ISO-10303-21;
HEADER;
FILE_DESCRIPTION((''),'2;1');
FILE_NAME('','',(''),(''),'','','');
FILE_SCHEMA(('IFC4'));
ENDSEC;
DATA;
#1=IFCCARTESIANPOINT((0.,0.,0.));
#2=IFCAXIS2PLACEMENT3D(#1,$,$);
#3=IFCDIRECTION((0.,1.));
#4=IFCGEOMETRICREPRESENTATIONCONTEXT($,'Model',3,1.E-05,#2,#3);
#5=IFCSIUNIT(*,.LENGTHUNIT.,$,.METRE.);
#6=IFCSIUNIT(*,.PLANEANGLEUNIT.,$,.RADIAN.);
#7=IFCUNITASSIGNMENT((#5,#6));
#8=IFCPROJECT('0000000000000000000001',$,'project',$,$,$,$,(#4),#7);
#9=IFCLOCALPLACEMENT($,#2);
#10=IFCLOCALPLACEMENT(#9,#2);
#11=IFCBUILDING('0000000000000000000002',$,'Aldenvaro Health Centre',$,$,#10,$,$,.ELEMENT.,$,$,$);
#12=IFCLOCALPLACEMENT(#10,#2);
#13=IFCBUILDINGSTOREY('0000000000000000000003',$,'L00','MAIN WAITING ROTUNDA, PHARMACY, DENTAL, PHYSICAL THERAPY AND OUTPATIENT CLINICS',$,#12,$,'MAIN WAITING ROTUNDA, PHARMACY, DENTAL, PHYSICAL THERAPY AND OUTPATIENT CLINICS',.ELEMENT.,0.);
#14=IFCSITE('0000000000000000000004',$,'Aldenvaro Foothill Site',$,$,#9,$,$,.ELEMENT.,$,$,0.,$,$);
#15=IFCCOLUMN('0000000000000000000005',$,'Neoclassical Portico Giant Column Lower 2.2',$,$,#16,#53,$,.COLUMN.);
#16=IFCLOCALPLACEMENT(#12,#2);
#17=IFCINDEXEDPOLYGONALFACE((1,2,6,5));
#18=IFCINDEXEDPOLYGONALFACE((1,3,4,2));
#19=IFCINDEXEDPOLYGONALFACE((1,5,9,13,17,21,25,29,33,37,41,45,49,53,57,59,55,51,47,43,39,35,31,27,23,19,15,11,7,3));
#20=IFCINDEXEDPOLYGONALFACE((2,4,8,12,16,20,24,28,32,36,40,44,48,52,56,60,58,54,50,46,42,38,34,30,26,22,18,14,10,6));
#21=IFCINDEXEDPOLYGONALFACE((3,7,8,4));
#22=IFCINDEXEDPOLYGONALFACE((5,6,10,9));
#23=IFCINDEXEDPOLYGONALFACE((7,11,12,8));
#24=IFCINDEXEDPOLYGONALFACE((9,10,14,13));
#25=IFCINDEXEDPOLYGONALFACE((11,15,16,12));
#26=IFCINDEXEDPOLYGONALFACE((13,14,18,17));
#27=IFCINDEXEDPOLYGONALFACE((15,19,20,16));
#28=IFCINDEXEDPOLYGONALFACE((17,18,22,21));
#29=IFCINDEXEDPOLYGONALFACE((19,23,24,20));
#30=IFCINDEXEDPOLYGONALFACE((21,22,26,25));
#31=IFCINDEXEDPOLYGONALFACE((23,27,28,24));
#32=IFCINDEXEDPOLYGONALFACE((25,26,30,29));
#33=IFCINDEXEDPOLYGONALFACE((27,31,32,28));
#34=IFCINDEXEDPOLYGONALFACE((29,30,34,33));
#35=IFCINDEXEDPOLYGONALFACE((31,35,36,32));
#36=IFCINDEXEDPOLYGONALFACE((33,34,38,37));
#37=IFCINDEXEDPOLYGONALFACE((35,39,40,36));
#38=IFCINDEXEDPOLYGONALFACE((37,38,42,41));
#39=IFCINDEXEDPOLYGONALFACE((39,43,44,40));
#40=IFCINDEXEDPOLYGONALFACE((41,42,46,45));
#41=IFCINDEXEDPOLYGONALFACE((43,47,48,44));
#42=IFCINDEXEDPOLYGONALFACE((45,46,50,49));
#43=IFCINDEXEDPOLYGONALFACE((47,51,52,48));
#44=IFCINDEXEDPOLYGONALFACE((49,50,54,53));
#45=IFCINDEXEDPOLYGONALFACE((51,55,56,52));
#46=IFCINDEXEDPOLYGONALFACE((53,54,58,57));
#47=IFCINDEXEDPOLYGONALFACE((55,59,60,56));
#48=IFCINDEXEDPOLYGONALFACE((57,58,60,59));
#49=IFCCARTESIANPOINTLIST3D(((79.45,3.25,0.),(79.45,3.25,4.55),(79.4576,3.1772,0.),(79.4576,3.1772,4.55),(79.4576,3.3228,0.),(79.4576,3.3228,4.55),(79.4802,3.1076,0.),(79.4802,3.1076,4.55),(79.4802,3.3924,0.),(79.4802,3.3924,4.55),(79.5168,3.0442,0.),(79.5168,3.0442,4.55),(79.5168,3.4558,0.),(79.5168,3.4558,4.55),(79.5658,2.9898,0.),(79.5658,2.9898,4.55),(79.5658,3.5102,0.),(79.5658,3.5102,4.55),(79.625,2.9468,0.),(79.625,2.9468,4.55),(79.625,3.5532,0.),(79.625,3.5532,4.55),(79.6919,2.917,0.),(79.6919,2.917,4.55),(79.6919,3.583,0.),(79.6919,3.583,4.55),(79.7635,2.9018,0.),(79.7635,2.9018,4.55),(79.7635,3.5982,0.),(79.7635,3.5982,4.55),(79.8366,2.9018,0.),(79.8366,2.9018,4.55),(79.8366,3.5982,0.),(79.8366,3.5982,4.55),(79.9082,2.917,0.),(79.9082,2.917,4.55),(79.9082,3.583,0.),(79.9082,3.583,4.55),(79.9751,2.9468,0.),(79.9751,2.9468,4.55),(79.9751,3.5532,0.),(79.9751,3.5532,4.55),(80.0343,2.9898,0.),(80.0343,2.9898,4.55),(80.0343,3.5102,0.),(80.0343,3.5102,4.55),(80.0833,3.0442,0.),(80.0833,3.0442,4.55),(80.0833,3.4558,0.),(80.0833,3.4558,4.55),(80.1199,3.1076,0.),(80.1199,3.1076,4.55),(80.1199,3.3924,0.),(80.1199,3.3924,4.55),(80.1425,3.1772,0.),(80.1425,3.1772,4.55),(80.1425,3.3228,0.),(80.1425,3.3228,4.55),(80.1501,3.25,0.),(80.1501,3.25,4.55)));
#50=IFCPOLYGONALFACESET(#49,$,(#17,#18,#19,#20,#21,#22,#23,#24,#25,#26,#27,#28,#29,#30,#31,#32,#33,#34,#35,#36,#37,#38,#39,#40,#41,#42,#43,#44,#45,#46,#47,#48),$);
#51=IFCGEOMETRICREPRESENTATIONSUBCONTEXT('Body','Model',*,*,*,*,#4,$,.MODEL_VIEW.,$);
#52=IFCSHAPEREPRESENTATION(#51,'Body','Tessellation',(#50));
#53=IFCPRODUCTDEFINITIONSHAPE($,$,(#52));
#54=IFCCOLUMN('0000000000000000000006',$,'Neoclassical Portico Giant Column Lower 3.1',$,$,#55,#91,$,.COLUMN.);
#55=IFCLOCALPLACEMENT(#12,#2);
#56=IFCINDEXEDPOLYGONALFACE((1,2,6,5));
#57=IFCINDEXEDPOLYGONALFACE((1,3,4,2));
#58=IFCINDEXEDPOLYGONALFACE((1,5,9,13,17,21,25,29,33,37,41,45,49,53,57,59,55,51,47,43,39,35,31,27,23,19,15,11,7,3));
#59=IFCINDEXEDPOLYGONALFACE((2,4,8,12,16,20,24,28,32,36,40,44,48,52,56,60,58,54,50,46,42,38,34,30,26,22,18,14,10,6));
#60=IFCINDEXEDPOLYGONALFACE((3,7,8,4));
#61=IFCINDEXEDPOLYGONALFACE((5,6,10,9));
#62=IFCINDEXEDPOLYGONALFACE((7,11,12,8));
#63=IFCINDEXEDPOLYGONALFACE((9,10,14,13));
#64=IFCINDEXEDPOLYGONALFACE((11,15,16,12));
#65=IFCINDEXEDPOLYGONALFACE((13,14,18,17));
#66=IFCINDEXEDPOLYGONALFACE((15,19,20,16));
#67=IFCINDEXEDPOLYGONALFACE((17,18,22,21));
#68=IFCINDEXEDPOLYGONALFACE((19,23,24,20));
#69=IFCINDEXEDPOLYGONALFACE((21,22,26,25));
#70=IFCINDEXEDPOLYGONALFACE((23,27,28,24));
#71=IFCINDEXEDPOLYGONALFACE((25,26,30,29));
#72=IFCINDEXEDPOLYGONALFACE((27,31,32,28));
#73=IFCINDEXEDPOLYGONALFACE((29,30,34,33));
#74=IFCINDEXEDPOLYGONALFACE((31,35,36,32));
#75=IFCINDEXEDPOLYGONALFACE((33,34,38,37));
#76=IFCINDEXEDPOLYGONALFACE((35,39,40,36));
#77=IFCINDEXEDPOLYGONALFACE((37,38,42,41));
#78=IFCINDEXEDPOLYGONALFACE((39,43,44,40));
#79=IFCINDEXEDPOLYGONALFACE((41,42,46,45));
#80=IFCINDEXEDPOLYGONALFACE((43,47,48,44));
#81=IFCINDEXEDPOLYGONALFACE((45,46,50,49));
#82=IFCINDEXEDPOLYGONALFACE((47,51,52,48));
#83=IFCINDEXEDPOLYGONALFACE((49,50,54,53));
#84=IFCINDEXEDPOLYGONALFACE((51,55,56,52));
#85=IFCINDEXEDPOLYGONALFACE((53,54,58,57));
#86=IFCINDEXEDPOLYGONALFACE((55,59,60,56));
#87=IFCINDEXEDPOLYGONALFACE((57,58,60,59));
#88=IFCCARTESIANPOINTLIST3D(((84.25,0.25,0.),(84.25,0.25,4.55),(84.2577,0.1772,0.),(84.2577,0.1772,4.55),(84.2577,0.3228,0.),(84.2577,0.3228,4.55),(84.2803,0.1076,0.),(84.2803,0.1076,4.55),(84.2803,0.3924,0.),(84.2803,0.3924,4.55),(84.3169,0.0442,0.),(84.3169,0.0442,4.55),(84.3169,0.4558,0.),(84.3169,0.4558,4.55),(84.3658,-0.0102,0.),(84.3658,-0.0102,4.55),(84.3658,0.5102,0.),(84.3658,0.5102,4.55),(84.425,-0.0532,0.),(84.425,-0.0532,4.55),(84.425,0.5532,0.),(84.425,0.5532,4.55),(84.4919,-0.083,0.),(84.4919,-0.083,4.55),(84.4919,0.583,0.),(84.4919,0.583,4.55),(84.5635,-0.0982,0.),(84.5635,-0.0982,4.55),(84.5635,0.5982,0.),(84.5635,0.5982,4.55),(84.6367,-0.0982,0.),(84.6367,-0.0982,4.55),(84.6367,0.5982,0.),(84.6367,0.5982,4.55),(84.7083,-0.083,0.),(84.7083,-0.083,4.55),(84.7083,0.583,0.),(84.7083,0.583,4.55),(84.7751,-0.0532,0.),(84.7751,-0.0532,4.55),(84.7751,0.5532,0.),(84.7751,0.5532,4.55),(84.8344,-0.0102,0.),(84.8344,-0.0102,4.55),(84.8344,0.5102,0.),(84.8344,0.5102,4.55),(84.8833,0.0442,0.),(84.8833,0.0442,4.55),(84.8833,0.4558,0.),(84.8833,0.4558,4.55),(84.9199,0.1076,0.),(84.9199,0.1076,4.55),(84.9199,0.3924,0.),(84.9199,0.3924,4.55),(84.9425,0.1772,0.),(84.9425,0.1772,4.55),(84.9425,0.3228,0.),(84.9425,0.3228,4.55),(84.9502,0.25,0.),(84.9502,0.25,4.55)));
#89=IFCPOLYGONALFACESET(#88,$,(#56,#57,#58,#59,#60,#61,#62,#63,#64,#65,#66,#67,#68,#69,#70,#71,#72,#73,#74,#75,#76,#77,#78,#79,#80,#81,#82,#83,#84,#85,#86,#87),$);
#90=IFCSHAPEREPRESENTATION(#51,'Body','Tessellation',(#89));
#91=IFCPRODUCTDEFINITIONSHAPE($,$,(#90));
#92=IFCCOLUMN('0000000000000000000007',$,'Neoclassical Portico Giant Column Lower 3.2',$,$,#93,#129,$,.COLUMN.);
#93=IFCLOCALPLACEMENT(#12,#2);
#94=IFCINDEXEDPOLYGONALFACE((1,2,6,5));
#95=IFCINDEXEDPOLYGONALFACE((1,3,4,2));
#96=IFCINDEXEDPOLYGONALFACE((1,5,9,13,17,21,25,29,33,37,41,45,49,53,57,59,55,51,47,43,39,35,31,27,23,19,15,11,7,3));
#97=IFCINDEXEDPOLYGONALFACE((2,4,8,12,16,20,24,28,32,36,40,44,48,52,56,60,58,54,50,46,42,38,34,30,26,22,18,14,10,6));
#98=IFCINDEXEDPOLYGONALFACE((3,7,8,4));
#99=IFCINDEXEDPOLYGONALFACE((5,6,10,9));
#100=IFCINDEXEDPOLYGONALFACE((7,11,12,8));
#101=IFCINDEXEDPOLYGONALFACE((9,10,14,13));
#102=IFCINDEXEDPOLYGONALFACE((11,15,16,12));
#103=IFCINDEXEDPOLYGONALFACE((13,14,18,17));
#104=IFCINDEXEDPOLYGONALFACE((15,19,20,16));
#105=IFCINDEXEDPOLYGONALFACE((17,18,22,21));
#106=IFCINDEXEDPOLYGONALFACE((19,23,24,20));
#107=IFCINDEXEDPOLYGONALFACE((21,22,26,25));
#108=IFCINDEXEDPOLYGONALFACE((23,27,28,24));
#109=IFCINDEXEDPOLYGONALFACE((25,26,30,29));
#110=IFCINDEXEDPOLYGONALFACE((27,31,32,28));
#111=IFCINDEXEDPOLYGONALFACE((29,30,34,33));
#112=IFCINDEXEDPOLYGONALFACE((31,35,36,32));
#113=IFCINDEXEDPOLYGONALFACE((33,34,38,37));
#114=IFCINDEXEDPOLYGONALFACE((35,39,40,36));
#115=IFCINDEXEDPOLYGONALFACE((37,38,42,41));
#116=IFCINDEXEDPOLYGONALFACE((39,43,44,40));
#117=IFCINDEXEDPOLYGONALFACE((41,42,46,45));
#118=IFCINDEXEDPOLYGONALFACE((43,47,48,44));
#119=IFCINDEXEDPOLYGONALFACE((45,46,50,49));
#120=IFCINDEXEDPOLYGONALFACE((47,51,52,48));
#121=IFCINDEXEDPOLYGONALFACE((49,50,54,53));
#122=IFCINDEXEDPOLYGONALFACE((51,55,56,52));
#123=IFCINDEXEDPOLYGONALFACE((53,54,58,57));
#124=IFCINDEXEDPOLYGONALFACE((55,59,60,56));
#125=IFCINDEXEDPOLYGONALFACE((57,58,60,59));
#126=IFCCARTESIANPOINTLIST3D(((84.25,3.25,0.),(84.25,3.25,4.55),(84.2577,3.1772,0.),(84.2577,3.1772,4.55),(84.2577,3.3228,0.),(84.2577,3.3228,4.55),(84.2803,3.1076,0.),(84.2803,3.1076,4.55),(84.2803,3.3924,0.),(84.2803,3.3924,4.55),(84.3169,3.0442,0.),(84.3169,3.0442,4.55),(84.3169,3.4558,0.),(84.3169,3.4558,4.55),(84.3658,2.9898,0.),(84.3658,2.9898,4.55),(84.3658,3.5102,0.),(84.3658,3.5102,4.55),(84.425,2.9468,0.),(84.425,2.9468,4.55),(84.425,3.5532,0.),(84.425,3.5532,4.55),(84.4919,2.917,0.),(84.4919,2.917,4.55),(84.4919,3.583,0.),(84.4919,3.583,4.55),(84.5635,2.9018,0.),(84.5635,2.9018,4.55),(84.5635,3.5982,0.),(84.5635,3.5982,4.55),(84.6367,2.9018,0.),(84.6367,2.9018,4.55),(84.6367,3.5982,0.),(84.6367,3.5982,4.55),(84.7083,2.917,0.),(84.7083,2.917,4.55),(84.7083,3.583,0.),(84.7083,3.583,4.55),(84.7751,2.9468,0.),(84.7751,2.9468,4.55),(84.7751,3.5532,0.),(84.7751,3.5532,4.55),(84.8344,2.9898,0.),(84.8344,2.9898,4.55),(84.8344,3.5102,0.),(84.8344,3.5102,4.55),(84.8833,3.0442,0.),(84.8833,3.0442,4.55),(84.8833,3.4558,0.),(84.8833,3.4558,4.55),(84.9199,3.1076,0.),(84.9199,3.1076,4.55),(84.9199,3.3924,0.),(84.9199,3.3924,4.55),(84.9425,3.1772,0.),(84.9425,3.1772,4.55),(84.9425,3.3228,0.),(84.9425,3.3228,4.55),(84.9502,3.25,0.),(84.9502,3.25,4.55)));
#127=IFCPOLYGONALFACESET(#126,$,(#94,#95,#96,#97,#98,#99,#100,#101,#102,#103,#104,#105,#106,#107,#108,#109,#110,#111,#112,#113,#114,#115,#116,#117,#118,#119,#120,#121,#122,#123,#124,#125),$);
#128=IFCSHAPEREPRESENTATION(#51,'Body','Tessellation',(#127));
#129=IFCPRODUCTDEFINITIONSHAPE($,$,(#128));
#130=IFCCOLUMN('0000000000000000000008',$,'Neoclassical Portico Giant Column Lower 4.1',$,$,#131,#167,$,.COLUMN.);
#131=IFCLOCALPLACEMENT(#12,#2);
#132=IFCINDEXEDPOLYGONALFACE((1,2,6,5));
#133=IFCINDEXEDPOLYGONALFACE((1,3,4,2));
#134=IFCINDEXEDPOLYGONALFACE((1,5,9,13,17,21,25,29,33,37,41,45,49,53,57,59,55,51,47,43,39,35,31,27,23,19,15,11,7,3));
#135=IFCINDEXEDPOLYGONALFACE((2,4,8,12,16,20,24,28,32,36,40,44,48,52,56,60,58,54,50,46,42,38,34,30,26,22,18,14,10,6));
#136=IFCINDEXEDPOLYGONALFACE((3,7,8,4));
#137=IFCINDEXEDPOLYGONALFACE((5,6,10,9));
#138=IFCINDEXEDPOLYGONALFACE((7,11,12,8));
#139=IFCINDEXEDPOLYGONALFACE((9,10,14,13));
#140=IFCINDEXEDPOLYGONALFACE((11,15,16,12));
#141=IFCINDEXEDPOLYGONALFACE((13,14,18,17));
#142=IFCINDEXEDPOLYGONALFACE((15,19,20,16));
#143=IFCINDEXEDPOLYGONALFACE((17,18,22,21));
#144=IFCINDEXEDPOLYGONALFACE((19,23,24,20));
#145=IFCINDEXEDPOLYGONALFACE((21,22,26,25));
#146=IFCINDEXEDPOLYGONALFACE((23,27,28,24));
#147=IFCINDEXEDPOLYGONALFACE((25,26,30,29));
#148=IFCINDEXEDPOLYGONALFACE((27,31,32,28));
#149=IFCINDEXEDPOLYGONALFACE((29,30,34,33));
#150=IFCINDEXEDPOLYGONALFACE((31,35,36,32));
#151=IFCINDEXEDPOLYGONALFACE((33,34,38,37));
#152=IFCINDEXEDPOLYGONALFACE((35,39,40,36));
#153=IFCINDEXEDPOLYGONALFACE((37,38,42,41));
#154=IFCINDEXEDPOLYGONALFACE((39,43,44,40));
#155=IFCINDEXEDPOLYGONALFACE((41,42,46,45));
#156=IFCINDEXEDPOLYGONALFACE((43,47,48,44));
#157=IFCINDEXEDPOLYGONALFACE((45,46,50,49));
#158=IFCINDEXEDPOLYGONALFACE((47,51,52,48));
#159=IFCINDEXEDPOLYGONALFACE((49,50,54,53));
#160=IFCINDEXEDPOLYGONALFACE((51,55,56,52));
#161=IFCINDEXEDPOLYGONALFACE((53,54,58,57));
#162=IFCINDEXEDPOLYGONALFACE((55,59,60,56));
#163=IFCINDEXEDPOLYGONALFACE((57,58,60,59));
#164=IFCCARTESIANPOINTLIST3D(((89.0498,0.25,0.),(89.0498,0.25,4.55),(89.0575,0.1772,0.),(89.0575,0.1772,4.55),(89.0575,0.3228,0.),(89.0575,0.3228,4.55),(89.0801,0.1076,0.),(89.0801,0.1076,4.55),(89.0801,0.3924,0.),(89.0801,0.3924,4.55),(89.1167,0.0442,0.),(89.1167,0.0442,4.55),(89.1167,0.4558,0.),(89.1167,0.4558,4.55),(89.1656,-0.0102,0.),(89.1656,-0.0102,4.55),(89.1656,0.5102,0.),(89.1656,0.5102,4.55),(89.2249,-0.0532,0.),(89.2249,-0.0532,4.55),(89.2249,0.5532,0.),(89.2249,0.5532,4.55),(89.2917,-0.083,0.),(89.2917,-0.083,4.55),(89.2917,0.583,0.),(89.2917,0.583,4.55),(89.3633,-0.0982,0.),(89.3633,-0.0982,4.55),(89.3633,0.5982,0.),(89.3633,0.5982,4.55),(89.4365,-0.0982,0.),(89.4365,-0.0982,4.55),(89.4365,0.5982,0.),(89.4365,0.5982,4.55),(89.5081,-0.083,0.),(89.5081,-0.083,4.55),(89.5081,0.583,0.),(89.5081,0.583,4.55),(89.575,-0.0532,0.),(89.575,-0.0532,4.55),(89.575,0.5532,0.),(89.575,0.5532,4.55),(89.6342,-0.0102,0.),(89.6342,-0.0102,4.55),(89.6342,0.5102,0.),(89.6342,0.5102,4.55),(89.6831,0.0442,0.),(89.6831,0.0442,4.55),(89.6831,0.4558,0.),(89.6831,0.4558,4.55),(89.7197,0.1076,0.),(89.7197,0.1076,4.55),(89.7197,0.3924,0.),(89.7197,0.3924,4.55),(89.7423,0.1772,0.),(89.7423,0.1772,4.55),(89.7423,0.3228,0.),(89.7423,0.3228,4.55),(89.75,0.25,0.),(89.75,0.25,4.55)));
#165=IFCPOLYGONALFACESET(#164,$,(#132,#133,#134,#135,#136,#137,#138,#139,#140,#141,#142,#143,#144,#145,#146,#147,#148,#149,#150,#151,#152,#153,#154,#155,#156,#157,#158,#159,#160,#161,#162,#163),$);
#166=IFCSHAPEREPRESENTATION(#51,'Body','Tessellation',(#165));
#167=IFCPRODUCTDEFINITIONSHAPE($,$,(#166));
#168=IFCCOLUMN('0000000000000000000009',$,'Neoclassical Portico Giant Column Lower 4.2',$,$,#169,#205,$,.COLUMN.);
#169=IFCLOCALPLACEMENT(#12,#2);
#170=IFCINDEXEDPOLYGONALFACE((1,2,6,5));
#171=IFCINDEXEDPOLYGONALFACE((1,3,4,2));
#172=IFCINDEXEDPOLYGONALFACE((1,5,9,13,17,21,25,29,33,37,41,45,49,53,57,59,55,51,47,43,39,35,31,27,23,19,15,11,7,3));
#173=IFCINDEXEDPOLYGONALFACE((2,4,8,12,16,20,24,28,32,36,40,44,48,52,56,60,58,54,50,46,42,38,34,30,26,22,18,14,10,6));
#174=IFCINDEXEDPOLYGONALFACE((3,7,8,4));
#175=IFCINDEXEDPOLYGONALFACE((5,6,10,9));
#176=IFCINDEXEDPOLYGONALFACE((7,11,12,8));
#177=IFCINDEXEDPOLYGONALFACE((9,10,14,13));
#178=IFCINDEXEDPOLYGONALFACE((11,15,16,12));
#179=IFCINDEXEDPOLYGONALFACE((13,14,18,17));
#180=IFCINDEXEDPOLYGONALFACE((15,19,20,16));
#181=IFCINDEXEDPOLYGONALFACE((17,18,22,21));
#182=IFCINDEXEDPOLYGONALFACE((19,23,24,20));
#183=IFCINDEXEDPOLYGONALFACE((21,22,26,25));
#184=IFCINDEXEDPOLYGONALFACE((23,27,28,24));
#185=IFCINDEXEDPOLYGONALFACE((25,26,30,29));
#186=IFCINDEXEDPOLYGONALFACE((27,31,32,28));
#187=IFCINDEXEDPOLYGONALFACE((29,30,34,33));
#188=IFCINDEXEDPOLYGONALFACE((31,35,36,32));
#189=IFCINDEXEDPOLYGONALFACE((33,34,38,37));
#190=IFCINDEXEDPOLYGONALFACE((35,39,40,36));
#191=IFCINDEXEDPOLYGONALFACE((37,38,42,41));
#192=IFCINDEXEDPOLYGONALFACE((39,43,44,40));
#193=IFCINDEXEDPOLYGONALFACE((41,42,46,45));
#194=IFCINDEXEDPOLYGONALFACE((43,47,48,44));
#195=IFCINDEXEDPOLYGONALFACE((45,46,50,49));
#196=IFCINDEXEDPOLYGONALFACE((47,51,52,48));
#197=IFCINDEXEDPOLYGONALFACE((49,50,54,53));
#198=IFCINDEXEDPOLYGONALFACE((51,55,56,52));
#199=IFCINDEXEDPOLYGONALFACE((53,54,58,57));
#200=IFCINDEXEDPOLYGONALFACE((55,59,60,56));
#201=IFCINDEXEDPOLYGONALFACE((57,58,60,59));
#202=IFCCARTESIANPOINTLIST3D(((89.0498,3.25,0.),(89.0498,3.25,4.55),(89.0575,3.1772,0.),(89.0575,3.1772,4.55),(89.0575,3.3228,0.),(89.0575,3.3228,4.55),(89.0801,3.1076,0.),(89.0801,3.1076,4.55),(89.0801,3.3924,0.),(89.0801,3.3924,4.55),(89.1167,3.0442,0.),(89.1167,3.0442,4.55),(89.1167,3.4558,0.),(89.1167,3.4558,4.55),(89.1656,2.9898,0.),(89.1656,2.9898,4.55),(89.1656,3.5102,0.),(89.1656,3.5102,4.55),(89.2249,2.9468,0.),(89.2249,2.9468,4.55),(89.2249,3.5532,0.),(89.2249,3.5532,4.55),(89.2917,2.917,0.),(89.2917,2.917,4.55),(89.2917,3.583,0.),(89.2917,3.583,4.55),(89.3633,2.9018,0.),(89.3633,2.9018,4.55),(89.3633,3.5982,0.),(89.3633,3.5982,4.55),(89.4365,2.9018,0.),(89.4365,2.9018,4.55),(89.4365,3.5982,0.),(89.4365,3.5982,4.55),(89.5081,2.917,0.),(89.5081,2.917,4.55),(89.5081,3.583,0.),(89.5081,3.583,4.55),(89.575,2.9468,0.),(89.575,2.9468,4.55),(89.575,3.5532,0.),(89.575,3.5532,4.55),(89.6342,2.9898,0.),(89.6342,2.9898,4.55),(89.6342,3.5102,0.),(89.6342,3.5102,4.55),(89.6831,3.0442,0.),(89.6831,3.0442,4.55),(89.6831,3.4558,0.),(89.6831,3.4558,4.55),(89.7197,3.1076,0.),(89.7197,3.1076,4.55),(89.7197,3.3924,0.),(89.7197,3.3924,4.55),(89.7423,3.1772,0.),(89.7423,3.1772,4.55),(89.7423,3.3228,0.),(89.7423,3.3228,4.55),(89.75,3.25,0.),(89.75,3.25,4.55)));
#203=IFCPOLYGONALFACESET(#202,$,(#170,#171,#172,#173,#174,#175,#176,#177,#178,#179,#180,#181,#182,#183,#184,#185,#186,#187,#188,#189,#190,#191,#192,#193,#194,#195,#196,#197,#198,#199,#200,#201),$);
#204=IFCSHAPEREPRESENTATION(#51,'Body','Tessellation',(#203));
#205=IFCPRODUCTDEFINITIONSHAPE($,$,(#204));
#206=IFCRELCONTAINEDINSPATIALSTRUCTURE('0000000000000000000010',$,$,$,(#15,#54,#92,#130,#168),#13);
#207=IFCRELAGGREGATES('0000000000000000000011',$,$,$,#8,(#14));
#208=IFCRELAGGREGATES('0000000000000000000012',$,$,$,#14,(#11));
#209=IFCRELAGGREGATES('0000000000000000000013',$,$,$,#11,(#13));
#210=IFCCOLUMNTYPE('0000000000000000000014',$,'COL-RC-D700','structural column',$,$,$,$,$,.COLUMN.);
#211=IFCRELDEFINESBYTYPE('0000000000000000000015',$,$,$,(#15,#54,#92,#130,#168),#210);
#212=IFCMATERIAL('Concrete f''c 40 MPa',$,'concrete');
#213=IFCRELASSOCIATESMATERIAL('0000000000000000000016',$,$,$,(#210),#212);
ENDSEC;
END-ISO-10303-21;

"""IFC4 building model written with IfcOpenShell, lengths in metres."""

from ifc_helpers import new_model, si_unit, direction, frame, origin, origin_2d, place, context, subcontext, project, spatial, circle, extrude, material, material_profile, profile_set, type_object, element, save


model = new_model("IFC4")

# Units and contexts
model_context = context("Model", 3, precision=1e-05, world=origin(), true_north=direction((0.0, 1.0)))
body_context = subcontext(model_context, "Body", "Model", "MODEL_VIEW")
ifc_project = project(units=[si_unit("LENGTHUNIT", "METRE"), si_unit("PLANEANGLEUNIT", "RADIAN")], contexts=[model_context])

# Site, building, storey
site_placement = place(None, origin())
site = spatial("IfcSite", under=ifc_project, at=site_placement, Name="Aldenvaro Foothill Site", CompositionType="ELEMENT", RefElevation=0.0)
building_placement = place(site_placement, origin())
building = spatial("IfcBuilding", under=site, at=building_placement, Name="Aldenvaro Health Centre", CompositionType="ELEMENT")
storey_placement = place(building_placement, origin())
storey = spatial("IfcBuildingStorey", under=building, at=storey_placement, Name="L00", Description="MAIN WAITING ROTUNDA, PHARMACY, DENTAL, PHYSICAL THERAPY AND OUTPATIENT CLINICS", LongName="MAIN WAITING ROTUNDA, PHARMACY, DENTAL, PHYSICAL THERAPY AND OUTPATIENT CLINICS", CompositionType="ELEMENT", Elevation=0.0)

# Columns
ifc_material_1 = material(Name="Concrete f'c 40 MPa", Category="concrete")
ifc_material_profile_1 = material_profile(ifc_material_1, circle(Radius=0.3501, at=origin_2d()), Name="RC D700", Category="concrete")
ifc_profile_set_1 = profile_set([ifc_material_profile_1], Name="Concrete f'c 40 MPa")
column_type = type_object("IfcColumnType", Name="COL-RC-D700", Description="structural column", PredefinedType="COLUMN", material=ifc_profile_set_1)
for number, where, z_axis, x_axis, name in (
    (1, (79.8, 3.25, 0.0), (0.0, 0.0, 1.0), (1.0, 0.0, 0.0), "Neoclassical Portico Giant Column Lower 2.2"),
    (2, (84.6001, 0.25, 0.0), (0.0, 0.0, 1.0), (1.0, 0.0, 0.0), "Neoclassical Portico Giant Column Lower 3.1"),
    (3, (84.6001, 3.25, 0.0), (0.0, 0.0, 1.0), (1.0, 0.0, 0.0), "Neoclassical Portico Giant Column Lower 3.2"),
    (4, (89.3999, 0.25, 0.0), (0.0, 0.0, 1.0), (1.0, 0.0, 0.0), "Neoclassical Portico Giant Column Lower 4.1"),
    (5, (89.3999, 3.25, 0.0), (0.0, 0.0, 1.0), (1.0, 0.0, 0.0), "Neoclassical Portico Giant Column Lower 4.2"),
):
    element("IfcColumn", number, at=place(storey_placement, frame(where, z_axis=z_axis, x_axis=x_axis)), inside=storey, type_object=column_type, Name=name, PredefinedType="COLUMN", context=body_context, shape_type="SweptSolid", body=[
        extrude(circle(Radius=0.3501, at=origin_2d()), origin(), (0.0, 0.0, 1.0), 4.55),
    ])

save(model, "model.ifc")
